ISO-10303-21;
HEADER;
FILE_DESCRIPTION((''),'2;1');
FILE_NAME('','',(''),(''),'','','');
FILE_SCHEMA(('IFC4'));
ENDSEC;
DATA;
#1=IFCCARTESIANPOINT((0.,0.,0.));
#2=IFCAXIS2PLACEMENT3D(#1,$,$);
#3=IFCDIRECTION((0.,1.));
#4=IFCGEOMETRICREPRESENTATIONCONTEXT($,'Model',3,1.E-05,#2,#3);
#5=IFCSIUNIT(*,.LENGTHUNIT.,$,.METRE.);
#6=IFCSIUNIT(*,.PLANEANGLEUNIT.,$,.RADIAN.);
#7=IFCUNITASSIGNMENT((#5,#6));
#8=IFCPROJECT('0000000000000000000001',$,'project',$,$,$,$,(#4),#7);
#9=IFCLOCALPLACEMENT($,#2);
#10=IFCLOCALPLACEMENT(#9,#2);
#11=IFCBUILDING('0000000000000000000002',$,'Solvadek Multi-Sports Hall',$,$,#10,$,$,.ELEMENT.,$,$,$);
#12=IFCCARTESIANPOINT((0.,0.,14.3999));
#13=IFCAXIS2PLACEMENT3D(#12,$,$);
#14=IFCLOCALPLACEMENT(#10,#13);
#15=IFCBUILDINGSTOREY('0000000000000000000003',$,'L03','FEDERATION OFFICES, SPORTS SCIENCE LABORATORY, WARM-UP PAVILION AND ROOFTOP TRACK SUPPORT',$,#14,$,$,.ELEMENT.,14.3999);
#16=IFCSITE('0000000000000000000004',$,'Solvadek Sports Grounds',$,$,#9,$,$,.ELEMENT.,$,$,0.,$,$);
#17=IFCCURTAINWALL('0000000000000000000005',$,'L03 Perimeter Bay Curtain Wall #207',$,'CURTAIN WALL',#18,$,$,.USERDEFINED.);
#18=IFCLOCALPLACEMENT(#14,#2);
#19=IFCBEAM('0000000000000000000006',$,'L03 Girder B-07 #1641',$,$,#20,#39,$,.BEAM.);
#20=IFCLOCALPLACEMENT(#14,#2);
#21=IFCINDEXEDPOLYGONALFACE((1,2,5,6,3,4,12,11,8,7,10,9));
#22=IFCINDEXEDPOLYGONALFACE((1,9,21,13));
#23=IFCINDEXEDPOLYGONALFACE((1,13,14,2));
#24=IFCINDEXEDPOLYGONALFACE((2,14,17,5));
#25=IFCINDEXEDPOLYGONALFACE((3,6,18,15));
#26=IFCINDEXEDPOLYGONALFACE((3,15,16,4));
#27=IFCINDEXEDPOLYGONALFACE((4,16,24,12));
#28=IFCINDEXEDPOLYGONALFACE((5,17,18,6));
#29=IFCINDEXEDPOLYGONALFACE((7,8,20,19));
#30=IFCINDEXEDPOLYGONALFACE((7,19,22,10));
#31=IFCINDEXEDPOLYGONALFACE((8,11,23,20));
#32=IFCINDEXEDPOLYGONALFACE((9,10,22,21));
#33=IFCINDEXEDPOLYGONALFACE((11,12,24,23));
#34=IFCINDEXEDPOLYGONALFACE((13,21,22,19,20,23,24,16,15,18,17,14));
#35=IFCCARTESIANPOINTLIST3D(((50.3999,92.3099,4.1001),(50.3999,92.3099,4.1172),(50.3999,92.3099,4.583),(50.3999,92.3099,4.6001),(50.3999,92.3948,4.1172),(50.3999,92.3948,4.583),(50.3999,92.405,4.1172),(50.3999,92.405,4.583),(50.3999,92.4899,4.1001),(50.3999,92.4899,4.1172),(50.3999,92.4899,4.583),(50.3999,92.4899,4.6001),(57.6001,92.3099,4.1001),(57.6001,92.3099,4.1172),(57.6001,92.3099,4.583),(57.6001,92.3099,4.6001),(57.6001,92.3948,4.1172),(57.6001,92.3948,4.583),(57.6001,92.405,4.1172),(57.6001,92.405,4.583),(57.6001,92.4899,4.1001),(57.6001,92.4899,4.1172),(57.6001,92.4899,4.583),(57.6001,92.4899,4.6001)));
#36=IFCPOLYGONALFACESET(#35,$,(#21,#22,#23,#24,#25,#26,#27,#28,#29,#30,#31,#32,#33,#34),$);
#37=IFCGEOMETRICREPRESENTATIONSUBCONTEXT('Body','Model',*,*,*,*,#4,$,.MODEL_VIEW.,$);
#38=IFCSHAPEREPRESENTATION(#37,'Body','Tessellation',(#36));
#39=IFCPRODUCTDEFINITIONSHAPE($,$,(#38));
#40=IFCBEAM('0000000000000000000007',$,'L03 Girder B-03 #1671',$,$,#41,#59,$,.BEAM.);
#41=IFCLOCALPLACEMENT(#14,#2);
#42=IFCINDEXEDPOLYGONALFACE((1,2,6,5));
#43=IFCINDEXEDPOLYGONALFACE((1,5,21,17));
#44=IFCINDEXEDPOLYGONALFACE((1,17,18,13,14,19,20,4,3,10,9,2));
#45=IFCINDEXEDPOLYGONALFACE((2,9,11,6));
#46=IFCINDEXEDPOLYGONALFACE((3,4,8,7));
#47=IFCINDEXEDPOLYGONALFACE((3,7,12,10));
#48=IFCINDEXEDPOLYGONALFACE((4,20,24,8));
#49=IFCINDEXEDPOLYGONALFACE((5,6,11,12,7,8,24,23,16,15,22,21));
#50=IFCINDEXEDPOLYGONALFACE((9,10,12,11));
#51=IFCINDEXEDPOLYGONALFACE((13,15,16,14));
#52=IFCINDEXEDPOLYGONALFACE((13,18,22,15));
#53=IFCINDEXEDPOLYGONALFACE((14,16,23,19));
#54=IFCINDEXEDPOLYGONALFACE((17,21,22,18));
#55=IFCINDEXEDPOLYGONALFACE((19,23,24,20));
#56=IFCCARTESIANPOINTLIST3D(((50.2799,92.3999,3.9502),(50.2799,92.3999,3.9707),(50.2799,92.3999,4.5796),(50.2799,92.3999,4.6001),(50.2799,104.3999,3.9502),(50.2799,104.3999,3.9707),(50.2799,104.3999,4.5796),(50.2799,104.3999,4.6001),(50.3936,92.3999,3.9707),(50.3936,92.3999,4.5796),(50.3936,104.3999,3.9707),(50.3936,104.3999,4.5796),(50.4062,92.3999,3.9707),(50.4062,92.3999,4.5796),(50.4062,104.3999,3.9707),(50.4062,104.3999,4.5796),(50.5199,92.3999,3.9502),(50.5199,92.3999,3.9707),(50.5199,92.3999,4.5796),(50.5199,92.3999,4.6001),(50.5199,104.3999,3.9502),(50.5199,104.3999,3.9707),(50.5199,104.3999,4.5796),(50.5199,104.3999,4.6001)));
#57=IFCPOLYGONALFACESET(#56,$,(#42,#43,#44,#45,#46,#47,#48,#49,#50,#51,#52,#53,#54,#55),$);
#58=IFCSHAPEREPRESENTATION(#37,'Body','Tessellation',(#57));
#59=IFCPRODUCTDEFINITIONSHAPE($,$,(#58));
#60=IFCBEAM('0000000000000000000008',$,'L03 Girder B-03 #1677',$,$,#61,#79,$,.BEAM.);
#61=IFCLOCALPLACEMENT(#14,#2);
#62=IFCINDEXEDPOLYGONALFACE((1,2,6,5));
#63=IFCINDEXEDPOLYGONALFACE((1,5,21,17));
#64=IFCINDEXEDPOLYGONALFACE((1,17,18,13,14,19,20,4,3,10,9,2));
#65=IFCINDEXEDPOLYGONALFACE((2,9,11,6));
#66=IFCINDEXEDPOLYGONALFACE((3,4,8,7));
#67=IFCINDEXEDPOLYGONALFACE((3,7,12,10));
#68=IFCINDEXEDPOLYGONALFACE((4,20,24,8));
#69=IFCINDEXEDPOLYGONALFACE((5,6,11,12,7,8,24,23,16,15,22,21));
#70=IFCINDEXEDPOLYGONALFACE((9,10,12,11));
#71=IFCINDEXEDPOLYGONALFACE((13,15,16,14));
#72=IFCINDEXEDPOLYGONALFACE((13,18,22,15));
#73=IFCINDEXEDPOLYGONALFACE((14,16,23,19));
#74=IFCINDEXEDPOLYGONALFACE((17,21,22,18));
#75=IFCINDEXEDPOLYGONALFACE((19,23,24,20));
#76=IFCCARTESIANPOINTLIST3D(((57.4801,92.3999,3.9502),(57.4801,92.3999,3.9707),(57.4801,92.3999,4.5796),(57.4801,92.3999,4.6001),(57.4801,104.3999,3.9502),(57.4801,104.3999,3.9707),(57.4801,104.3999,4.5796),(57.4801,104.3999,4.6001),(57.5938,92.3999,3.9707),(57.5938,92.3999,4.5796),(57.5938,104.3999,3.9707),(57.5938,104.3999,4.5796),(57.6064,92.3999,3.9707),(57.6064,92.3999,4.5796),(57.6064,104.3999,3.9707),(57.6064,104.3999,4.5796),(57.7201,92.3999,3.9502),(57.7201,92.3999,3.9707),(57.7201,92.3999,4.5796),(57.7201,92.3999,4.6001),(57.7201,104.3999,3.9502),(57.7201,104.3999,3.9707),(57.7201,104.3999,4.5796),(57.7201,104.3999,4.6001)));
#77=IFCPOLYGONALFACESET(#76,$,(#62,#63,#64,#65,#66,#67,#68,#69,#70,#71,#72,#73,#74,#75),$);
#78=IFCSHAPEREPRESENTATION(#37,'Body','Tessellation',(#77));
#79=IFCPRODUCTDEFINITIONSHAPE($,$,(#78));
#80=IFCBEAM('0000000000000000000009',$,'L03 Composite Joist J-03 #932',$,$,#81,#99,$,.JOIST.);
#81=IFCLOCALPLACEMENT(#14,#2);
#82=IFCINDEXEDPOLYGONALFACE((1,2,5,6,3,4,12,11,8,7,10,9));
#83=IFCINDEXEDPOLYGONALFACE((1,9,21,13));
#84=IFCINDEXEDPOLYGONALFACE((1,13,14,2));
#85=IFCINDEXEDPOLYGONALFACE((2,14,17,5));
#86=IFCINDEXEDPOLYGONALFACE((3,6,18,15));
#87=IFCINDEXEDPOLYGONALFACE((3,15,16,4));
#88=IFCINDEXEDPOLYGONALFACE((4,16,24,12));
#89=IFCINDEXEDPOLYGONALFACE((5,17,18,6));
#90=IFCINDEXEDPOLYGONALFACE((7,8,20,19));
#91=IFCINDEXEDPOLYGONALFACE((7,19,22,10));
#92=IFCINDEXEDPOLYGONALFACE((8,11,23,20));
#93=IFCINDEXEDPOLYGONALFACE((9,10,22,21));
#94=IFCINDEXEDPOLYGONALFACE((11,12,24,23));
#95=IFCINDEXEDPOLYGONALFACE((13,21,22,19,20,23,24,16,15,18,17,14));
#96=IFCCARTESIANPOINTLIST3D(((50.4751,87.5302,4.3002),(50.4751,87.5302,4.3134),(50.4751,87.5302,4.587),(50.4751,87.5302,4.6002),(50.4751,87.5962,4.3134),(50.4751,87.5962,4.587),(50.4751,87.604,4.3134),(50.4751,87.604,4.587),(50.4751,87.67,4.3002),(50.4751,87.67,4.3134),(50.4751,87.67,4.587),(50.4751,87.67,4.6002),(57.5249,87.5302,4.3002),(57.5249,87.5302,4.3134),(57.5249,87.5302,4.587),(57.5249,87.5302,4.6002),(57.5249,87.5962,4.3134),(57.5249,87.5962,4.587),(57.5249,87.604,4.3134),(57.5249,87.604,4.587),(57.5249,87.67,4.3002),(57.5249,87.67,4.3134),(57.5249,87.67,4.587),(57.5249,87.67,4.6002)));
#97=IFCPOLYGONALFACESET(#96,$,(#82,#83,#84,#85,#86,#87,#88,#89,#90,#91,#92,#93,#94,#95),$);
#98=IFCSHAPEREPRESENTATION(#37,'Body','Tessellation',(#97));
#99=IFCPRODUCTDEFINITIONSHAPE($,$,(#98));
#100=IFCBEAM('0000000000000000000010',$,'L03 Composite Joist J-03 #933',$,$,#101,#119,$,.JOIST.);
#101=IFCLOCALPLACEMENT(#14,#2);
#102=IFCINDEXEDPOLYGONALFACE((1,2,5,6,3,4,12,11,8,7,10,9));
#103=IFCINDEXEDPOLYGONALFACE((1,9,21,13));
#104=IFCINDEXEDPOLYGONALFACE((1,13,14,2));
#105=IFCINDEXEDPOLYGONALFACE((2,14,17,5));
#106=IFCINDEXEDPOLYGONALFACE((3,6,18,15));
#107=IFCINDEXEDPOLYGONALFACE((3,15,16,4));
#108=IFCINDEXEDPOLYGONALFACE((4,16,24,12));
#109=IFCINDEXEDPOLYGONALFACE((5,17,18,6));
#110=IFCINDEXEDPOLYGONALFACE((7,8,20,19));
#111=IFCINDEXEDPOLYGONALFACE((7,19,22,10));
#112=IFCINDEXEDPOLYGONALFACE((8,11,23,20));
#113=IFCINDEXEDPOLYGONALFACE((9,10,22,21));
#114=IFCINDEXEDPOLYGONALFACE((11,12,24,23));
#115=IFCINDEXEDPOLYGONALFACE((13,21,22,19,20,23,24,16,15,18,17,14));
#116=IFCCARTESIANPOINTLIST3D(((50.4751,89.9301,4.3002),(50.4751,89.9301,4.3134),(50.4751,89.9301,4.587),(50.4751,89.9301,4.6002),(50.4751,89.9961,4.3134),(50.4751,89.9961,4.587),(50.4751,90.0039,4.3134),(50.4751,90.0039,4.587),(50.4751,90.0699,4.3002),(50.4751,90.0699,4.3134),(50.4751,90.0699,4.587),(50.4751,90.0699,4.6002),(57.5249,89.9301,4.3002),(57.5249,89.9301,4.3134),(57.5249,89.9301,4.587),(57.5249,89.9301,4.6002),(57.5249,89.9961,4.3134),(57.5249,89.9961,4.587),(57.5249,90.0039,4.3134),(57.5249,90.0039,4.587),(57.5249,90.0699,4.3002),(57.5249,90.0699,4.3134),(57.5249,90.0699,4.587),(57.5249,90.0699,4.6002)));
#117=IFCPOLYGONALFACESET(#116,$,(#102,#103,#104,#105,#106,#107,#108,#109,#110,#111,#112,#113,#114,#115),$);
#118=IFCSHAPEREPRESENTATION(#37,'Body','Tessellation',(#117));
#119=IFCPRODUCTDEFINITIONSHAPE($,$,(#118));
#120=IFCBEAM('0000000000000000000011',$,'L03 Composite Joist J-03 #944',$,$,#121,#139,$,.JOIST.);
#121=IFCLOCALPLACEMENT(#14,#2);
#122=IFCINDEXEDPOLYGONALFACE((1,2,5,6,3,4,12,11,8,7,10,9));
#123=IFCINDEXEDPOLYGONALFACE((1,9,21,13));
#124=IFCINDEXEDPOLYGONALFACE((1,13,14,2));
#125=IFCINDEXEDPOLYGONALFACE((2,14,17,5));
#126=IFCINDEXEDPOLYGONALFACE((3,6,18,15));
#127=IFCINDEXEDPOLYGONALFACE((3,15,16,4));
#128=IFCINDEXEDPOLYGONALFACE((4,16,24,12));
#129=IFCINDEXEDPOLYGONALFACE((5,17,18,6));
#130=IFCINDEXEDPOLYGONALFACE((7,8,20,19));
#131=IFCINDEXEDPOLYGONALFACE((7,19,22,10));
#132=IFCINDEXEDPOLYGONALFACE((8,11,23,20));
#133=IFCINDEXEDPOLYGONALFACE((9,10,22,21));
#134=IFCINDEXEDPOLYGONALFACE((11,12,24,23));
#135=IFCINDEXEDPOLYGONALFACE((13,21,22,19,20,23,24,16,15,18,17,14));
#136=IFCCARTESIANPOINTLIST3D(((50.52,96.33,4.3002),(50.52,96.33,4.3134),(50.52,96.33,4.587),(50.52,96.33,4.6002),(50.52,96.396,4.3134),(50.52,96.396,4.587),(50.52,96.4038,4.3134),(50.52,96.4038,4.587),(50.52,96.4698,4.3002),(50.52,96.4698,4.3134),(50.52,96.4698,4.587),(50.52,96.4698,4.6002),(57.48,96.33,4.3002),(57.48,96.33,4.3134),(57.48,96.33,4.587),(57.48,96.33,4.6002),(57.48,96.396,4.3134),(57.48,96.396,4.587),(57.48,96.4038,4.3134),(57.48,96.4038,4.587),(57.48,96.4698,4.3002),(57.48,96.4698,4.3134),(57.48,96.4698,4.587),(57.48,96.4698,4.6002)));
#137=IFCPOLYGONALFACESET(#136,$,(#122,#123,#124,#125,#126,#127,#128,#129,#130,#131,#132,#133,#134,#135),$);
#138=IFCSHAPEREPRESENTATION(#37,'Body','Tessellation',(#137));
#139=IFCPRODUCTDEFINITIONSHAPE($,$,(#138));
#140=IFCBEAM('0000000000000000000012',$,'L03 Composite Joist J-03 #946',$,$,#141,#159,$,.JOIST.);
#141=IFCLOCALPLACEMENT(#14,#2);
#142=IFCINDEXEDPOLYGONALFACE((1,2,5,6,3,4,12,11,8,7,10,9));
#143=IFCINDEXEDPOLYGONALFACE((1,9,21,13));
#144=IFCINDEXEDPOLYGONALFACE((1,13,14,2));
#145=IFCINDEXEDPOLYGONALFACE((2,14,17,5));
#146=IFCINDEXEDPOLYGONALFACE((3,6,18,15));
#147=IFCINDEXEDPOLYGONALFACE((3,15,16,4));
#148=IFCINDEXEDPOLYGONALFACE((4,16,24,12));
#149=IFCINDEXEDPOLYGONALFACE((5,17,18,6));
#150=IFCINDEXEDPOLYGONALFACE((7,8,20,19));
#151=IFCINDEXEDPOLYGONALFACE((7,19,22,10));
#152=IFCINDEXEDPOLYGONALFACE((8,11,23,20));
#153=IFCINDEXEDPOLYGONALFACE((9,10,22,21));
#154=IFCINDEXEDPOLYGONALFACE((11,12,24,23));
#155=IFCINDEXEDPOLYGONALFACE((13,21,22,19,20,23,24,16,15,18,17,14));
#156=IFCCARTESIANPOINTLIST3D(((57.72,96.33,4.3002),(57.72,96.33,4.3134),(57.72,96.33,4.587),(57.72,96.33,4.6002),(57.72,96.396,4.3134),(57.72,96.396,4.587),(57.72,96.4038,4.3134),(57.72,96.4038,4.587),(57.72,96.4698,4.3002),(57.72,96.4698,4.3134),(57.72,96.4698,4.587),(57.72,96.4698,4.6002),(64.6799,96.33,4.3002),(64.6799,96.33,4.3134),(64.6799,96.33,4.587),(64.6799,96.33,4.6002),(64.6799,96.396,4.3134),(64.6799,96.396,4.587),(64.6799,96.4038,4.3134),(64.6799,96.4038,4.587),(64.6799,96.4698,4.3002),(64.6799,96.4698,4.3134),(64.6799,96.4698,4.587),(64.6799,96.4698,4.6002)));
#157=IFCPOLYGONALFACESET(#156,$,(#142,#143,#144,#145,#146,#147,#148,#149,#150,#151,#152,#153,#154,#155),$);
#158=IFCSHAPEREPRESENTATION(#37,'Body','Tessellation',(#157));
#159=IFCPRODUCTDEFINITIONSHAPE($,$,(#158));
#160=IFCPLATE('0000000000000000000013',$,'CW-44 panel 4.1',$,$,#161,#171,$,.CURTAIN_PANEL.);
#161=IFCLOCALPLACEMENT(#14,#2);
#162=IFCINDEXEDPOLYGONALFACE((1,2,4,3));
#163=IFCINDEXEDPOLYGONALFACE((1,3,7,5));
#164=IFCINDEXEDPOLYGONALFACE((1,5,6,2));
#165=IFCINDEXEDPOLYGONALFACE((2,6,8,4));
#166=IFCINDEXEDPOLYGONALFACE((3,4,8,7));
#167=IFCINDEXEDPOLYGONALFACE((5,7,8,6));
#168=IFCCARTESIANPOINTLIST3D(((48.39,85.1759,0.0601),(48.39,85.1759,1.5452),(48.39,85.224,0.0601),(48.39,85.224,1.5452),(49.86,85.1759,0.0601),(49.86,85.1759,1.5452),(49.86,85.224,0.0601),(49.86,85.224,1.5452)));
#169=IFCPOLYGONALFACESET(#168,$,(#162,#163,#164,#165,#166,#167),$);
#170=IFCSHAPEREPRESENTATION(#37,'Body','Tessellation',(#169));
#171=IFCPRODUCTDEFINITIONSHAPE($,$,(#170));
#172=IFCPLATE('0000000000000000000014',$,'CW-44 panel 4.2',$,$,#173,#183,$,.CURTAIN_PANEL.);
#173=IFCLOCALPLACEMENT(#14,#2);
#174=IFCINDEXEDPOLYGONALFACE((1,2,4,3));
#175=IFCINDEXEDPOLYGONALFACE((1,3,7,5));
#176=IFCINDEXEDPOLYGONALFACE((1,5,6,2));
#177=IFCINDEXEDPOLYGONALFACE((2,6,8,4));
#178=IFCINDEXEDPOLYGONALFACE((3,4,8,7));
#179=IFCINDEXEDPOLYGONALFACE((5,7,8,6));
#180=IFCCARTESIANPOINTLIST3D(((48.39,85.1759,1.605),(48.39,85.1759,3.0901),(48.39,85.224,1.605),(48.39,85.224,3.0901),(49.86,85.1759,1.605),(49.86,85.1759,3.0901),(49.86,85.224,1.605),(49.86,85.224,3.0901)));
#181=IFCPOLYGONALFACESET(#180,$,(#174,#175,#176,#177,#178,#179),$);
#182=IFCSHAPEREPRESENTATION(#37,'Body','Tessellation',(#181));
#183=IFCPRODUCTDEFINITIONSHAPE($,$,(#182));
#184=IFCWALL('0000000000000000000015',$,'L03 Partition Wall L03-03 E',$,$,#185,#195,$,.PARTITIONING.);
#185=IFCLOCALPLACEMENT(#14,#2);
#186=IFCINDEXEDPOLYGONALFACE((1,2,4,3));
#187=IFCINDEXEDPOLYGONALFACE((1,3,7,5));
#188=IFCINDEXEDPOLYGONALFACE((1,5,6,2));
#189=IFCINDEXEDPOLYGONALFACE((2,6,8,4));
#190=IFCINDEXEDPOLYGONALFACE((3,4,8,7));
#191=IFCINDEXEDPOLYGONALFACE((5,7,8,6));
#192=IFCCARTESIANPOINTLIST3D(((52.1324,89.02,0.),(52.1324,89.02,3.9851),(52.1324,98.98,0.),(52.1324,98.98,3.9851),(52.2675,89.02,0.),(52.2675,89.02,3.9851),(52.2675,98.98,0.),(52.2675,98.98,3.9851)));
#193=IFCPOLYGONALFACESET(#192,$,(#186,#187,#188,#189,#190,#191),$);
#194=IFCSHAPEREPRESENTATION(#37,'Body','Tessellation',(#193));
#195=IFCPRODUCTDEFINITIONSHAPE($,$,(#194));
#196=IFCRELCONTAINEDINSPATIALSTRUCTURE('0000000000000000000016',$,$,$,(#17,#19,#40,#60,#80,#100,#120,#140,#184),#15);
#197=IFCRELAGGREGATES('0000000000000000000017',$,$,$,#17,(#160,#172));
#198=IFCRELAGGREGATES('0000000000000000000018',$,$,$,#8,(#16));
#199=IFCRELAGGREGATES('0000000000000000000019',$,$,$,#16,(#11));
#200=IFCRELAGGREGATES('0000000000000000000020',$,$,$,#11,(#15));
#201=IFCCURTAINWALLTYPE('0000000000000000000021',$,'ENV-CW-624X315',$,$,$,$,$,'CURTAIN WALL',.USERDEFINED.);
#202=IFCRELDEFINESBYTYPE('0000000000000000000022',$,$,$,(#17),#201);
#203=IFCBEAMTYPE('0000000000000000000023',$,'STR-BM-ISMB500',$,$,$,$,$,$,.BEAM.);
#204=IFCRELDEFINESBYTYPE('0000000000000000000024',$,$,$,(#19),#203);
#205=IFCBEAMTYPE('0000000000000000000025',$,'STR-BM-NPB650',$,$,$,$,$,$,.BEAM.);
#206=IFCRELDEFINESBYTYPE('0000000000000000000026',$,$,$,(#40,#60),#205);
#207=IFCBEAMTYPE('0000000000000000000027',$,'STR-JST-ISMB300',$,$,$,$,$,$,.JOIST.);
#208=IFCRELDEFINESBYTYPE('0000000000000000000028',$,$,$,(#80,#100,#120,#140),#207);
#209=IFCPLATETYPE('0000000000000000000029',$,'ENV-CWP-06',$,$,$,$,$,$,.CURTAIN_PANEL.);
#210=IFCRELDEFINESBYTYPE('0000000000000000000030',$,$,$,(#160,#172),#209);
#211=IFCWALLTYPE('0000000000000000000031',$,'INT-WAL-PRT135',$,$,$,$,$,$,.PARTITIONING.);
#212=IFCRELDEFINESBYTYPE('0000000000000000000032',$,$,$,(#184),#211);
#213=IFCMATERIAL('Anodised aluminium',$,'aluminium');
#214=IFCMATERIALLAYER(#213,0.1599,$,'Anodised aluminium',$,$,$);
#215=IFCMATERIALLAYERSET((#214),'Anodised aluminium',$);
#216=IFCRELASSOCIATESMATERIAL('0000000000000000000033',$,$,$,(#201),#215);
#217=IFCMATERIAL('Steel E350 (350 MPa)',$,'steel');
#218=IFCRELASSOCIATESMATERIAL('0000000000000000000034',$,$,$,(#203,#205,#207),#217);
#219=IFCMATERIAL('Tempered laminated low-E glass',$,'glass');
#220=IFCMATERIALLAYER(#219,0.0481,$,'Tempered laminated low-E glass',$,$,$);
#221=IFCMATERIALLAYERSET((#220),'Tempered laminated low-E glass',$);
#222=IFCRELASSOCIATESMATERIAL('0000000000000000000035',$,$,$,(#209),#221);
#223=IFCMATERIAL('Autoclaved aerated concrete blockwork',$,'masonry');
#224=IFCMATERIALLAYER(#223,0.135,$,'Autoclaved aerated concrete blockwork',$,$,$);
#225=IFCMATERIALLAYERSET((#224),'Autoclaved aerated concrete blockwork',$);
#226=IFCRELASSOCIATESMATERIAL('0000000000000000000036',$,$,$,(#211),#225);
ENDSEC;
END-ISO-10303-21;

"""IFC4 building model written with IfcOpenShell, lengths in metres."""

from ifc_helpers import new_model, si_unit, direction, frame, frame_2d, origin, origin_2d, place, context, subcontext, project, spatial, rectangle, i_section, extrude, material, layer, layer_set, material_profile, profile_set, type_object, element, aggregate, save


model = new_model("IFC4")

# Units and contexts
model_context = context("Model", 3, precision=1e-05, world=origin(), true_north=direction((0.0, 1.0)))
body_context = subcontext(model_context, "Body", "Model", "MODEL_VIEW")
ifc_project = project(units=[si_unit("LENGTHUNIT", "METRE"), si_unit("PLANEANGLEUNIT", "RADIAN")], contexts=[model_context])

# Site, building, storey
site_placement = place(None, origin())
site = spatial("IfcSite", under=ifc_project, at=site_placement, Name="Solvadek Sports Grounds", CompositionType="ELEMENT", RefElevation=0.0)
building_placement = place(site_placement, origin())
building = spatial("IfcBuilding", under=site, at=building_placement, Name="Solvadek Multi-Sports Hall", CompositionType="ELEMENT")
storey_placement = place(building_placement, frame((0.0, 0.0, 14.3999)))
storey = spatial("IfcBuildingStorey", under=building, at=storey_placement, Name="L03", Description="FEDERATION OFFICES, SPORTS SCIENCE LABORATORY, WARM-UP PAVILION AND ROOFTOP TRACK SUPPORT", CompositionType="ELEMENT", Elevation=14.3999)

# Shared definitions
ifc_material_1 = material(Name="Steel E350 (350 MPa)", Category="steel")

# Curtain wall
ifc_material_2 = material(Name="Anodised aluminium", Category="aluminium")
ifc_layer_1 = layer(ifc_material_2, 0.1599, Name="Anodised aluminium")
ifc_layer_set_1 = layer_set([ifc_layer_1], Name="Anodised aluminium")
curtain_wall_type = type_object("IfcCurtainWallType", Name="ENV-CW-624X315", ElementType="CURTAIN WALL", PredefinedType="USERDEFINED", material=ifc_layer_set_1)
curtain_wall_placement = place(storey_placement, origin())
curtain_wall = element("IfcCurtainWall", 1, at=curtain_wall_placement, inside=storey, type_object=curtain_wall_type, Name="L03 Perimeter Bay Curtain Wall #207", ObjectType="CURTAIN WALL", PredefinedType="USERDEFINED")

# Beams
ifc_material_profile_1 = material_profile(ifc_material_1, i_section(OverallWidth=0.1799, OverallDepth=0.5, WebThickness=0.0103, FlangeThickness=0.0171, at=origin_2d()), Name="ISMB 500")
ifc_profile_set_1 = profile_set([ifc_material_profile_1], Name="Steel E350 (350 MPa)")
beam_type_1 = type_object("IfcBeamType", Name="STR-BM-ISMB500", PredefinedType="BEAM", material=ifc_profile_set_1)
for number, where, z_axis, x_axis, name in (
    (2, (50.3999, 92.3999, 4.3501), (1.0, 0.0, 0.0), (0.0, 1.0, 0.0), "L03 Girder B-07 #1641"),
):
    element("IfcBeam", number, at=place(storey_placement, frame(where, z_axis=z_axis, x_axis=x_axis)), inside=storey, type_object=beam_type_1, Name=name, PredefinedType="BEAM", context=body_context, shape_type="SweptSolid", body=[
        extrude(i_section(OverallWidth=0.1799, OverallDepth=0.5, WebThickness=0.0103, FlangeThickness=0.0171, at=origin_2d()), origin(), (0.0, 0.0, 1.0), 7.2002),
    ])
ifc_material_profile_2 = material_profile(ifc_material_1, i_section(OverallWidth=0.24, OverallDepth=0.6499, WebThickness=0.0127, FlangeThickness=0.0205, at=origin_2d()), Name="NPB 650")
ifc_profile_set_2 = profile_set([ifc_material_profile_2], Name="Steel E350 (350 MPa)")
beam_type_2 = type_object("IfcBeamType", Name="STR-BM-NPB650", PredefinedType="BEAM", material=ifc_profile_set_2)
for number, where, z_axis, x_axis, name in (
    (3, (50.3999, 92.3999, 4.2751), (0.0, 1.0, 0.0), (-1.0, 0.0, 0.0), "L03 Girder B-03 #1671"),
    (4, (57.6001, 92.3999, 4.2751), (0.0, 1.0, 0.0), (-1.0, 0.0, 0.0), "L03 Girder B-03 #1677"),
):
    element("IfcBeam", number, at=place(storey_placement, frame(where, z_axis=z_axis, x_axis=x_axis)), inside=storey, type_object=beam_type_2, Name=name, PredefinedType="BEAM", context=body_context, shape_type="SweptSolid", body=[
        extrude(i_section(OverallWidth=0.24, OverallDepth=0.6499, WebThickness=0.0127, FlangeThickness=0.0205, at=origin_2d()), origin(), (0.0, 0.0, 1.0), 12.0),
    ])
ifc_material_profile_3 = material_profile(ifc_material_1, i_section(OverallWidth=0.1399, OverallDepth=0.3, WebThickness=0.0078, FlangeThickness=0.0132, at=origin_2d()), Name="ISMB 300")
ifc_profile_set_3 = profile_set([ifc_material_profile_3], Name="Steel E350 (350 MPa)")
beam_type_3 = type_object("IfcBeamType", Name="STR-JST-ISMB300", PredefinedType="JOIST", material=ifc_profile_set_3)
for number, where, z_axis, x_axis, name in (
    (5, (50.4751, 87.6001, 4.4502), (1.0, 0.0, 0.0), (0.0, 1.0, 0.0), "L03 Composite Joist J-03 #932"),
    (6, (50.4751, 90.0, 4.4502), (1.0, 0.0, 0.0), (0.0, 1.0, 0.0), "L03 Composite Joist J-03 #933"),
):
    element("IfcBeam", number, at=place(storey_placement, frame(where, z_axis=z_axis, x_axis=x_axis)), inside=storey, type_object=beam_type_3, Name=name, PredefinedType="JOIST", context=body_context, shape_type="SweptSolid", body=[
        extrude(i_section(OverallWidth=0.1399, OverallDepth=0.3, WebThickness=0.0078, FlangeThickness=0.0132, at=origin_2d()), origin(), (0.0, 0.0, 1.0), 7.0498),
    ])
for number, where, z_axis, x_axis, name in (
    (7, (50.52, 96.3999, 4.4502), (1.0, 0.0, 0.0), (0.0, 1.0, 0.0), "L03 Composite Joist J-03 #944"),
    (8, (57.72, 96.3999, 4.4502), (1.0, 0.0, 0.0), (0.0, 1.0, 0.0), "L03 Composite Joist J-03 #946"),
):
    element("IfcBeam", number, at=place(storey_placement, frame(where, z_axis=z_axis, x_axis=x_axis)), inside=storey, type_object=beam_type_3, Name=name, PredefinedType="JOIST", context=body_context, shape_type="SweptSolid", body=[
        extrude(i_section(OverallWidth=0.1399, OverallDepth=0.3, WebThickness=0.0078, FlangeThickness=0.0132, at=origin_2d()), origin(), (0.0, 0.0, 1.0), 6.96),
    ])

# Plates
ifc_material_3 = material(Name="Tempered laminated low-E glass", Category="glass")
ifc_layer_2 = layer(ifc_material_3, 0.0481, Name="Tempered laminated low-E glass")
ifc_layer_set_2 = layer_set([ifc_layer_2], Name="Tempered laminated low-E glass")
plate_type = type_object("IfcPlateType", Name="ENV-CWP-06", PredefinedType="CURTAIN_PANEL", material=ifc_layer_set_2)
plate_1_placement = place(storey_placement, frame((49.125, 85.2, 0.0601), z_axis=(0.0, 0.0, 1.0), x_axis=(1.0, 0.0, 0.0)))
plate_1 = element("IfcPlate", 9, at=plate_1_placement, type_object=plate_type, Name="CW-44 panel 4.1", PredefinedType="CURTAIN_PANEL", context=body_context, shape_type="SweptSolid", body=[
    extrude(rectangle(XDim=1.47, YDim=0.0481, at=origin_2d()), origin(), (0.0, 0.0, 1.0), 1.4851),
])
plate_2_placement = place(storey_placement, frame((49.125, 85.2, 1.605), z_axis=(0.0, 0.0, 1.0), x_axis=(1.0, 0.0, 0.0)))
plate_2 = element("IfcPlate", 10, at=plate_2_placement, type_object=plate_type, Name="CW-44 panel 4.2", PredefinedType="CURTAIN_PANEL", context=body_context, shape_type="SweptSolid", body=[
    extrude(rectangle(XDim=1.47, YDim=0.0481, at=origin_2d()), origin(), (0.0, 0.0, 1.0), 1.4851),
])
aggregate(curtain_wall, [plate_1, plate_2])

# Wall
ifc_material_4 = material(Name="Autoclaved aerated concrete blockwork", Category="masonry")
ifc_layer_3 = layer(ifc_material_4, 0.135, Name="Autoclaved aerated concrete blockwork")
ifc_layer_set_3 = layer_set([ifc_layer_3], Name="Autoclaved aerated concrete blockwork")
wall_type_1 = type_object("IfcWallType", Name="INT-WAL-PRT135", PredefinedType="PARTITIONING", material=ifc_layer_set_3)
wall_1_placement = place(storey_placement, frame((52.2, 89.02, 0.0), z_axis=(0.0, 0.0, 1.0), x_axis=(0.0, 1.0, 0.0)))
element("IfcWall", 11, at=wall_1_placement, inside=storey, type_object=wall_type_1, Name="L03 Partition Wall L03-03 E", PredefinedType="PARTITIONING", context=body_context, shape_type="SweptSolid", body=[
    extrude(rectangle(XDim=9.96, YDim=0.135, at=frame_2d((4.98, 0.0))), origin(), (0.0, 0.0, 1.0), 3.9851),
])

save(model, "model.ifc")
